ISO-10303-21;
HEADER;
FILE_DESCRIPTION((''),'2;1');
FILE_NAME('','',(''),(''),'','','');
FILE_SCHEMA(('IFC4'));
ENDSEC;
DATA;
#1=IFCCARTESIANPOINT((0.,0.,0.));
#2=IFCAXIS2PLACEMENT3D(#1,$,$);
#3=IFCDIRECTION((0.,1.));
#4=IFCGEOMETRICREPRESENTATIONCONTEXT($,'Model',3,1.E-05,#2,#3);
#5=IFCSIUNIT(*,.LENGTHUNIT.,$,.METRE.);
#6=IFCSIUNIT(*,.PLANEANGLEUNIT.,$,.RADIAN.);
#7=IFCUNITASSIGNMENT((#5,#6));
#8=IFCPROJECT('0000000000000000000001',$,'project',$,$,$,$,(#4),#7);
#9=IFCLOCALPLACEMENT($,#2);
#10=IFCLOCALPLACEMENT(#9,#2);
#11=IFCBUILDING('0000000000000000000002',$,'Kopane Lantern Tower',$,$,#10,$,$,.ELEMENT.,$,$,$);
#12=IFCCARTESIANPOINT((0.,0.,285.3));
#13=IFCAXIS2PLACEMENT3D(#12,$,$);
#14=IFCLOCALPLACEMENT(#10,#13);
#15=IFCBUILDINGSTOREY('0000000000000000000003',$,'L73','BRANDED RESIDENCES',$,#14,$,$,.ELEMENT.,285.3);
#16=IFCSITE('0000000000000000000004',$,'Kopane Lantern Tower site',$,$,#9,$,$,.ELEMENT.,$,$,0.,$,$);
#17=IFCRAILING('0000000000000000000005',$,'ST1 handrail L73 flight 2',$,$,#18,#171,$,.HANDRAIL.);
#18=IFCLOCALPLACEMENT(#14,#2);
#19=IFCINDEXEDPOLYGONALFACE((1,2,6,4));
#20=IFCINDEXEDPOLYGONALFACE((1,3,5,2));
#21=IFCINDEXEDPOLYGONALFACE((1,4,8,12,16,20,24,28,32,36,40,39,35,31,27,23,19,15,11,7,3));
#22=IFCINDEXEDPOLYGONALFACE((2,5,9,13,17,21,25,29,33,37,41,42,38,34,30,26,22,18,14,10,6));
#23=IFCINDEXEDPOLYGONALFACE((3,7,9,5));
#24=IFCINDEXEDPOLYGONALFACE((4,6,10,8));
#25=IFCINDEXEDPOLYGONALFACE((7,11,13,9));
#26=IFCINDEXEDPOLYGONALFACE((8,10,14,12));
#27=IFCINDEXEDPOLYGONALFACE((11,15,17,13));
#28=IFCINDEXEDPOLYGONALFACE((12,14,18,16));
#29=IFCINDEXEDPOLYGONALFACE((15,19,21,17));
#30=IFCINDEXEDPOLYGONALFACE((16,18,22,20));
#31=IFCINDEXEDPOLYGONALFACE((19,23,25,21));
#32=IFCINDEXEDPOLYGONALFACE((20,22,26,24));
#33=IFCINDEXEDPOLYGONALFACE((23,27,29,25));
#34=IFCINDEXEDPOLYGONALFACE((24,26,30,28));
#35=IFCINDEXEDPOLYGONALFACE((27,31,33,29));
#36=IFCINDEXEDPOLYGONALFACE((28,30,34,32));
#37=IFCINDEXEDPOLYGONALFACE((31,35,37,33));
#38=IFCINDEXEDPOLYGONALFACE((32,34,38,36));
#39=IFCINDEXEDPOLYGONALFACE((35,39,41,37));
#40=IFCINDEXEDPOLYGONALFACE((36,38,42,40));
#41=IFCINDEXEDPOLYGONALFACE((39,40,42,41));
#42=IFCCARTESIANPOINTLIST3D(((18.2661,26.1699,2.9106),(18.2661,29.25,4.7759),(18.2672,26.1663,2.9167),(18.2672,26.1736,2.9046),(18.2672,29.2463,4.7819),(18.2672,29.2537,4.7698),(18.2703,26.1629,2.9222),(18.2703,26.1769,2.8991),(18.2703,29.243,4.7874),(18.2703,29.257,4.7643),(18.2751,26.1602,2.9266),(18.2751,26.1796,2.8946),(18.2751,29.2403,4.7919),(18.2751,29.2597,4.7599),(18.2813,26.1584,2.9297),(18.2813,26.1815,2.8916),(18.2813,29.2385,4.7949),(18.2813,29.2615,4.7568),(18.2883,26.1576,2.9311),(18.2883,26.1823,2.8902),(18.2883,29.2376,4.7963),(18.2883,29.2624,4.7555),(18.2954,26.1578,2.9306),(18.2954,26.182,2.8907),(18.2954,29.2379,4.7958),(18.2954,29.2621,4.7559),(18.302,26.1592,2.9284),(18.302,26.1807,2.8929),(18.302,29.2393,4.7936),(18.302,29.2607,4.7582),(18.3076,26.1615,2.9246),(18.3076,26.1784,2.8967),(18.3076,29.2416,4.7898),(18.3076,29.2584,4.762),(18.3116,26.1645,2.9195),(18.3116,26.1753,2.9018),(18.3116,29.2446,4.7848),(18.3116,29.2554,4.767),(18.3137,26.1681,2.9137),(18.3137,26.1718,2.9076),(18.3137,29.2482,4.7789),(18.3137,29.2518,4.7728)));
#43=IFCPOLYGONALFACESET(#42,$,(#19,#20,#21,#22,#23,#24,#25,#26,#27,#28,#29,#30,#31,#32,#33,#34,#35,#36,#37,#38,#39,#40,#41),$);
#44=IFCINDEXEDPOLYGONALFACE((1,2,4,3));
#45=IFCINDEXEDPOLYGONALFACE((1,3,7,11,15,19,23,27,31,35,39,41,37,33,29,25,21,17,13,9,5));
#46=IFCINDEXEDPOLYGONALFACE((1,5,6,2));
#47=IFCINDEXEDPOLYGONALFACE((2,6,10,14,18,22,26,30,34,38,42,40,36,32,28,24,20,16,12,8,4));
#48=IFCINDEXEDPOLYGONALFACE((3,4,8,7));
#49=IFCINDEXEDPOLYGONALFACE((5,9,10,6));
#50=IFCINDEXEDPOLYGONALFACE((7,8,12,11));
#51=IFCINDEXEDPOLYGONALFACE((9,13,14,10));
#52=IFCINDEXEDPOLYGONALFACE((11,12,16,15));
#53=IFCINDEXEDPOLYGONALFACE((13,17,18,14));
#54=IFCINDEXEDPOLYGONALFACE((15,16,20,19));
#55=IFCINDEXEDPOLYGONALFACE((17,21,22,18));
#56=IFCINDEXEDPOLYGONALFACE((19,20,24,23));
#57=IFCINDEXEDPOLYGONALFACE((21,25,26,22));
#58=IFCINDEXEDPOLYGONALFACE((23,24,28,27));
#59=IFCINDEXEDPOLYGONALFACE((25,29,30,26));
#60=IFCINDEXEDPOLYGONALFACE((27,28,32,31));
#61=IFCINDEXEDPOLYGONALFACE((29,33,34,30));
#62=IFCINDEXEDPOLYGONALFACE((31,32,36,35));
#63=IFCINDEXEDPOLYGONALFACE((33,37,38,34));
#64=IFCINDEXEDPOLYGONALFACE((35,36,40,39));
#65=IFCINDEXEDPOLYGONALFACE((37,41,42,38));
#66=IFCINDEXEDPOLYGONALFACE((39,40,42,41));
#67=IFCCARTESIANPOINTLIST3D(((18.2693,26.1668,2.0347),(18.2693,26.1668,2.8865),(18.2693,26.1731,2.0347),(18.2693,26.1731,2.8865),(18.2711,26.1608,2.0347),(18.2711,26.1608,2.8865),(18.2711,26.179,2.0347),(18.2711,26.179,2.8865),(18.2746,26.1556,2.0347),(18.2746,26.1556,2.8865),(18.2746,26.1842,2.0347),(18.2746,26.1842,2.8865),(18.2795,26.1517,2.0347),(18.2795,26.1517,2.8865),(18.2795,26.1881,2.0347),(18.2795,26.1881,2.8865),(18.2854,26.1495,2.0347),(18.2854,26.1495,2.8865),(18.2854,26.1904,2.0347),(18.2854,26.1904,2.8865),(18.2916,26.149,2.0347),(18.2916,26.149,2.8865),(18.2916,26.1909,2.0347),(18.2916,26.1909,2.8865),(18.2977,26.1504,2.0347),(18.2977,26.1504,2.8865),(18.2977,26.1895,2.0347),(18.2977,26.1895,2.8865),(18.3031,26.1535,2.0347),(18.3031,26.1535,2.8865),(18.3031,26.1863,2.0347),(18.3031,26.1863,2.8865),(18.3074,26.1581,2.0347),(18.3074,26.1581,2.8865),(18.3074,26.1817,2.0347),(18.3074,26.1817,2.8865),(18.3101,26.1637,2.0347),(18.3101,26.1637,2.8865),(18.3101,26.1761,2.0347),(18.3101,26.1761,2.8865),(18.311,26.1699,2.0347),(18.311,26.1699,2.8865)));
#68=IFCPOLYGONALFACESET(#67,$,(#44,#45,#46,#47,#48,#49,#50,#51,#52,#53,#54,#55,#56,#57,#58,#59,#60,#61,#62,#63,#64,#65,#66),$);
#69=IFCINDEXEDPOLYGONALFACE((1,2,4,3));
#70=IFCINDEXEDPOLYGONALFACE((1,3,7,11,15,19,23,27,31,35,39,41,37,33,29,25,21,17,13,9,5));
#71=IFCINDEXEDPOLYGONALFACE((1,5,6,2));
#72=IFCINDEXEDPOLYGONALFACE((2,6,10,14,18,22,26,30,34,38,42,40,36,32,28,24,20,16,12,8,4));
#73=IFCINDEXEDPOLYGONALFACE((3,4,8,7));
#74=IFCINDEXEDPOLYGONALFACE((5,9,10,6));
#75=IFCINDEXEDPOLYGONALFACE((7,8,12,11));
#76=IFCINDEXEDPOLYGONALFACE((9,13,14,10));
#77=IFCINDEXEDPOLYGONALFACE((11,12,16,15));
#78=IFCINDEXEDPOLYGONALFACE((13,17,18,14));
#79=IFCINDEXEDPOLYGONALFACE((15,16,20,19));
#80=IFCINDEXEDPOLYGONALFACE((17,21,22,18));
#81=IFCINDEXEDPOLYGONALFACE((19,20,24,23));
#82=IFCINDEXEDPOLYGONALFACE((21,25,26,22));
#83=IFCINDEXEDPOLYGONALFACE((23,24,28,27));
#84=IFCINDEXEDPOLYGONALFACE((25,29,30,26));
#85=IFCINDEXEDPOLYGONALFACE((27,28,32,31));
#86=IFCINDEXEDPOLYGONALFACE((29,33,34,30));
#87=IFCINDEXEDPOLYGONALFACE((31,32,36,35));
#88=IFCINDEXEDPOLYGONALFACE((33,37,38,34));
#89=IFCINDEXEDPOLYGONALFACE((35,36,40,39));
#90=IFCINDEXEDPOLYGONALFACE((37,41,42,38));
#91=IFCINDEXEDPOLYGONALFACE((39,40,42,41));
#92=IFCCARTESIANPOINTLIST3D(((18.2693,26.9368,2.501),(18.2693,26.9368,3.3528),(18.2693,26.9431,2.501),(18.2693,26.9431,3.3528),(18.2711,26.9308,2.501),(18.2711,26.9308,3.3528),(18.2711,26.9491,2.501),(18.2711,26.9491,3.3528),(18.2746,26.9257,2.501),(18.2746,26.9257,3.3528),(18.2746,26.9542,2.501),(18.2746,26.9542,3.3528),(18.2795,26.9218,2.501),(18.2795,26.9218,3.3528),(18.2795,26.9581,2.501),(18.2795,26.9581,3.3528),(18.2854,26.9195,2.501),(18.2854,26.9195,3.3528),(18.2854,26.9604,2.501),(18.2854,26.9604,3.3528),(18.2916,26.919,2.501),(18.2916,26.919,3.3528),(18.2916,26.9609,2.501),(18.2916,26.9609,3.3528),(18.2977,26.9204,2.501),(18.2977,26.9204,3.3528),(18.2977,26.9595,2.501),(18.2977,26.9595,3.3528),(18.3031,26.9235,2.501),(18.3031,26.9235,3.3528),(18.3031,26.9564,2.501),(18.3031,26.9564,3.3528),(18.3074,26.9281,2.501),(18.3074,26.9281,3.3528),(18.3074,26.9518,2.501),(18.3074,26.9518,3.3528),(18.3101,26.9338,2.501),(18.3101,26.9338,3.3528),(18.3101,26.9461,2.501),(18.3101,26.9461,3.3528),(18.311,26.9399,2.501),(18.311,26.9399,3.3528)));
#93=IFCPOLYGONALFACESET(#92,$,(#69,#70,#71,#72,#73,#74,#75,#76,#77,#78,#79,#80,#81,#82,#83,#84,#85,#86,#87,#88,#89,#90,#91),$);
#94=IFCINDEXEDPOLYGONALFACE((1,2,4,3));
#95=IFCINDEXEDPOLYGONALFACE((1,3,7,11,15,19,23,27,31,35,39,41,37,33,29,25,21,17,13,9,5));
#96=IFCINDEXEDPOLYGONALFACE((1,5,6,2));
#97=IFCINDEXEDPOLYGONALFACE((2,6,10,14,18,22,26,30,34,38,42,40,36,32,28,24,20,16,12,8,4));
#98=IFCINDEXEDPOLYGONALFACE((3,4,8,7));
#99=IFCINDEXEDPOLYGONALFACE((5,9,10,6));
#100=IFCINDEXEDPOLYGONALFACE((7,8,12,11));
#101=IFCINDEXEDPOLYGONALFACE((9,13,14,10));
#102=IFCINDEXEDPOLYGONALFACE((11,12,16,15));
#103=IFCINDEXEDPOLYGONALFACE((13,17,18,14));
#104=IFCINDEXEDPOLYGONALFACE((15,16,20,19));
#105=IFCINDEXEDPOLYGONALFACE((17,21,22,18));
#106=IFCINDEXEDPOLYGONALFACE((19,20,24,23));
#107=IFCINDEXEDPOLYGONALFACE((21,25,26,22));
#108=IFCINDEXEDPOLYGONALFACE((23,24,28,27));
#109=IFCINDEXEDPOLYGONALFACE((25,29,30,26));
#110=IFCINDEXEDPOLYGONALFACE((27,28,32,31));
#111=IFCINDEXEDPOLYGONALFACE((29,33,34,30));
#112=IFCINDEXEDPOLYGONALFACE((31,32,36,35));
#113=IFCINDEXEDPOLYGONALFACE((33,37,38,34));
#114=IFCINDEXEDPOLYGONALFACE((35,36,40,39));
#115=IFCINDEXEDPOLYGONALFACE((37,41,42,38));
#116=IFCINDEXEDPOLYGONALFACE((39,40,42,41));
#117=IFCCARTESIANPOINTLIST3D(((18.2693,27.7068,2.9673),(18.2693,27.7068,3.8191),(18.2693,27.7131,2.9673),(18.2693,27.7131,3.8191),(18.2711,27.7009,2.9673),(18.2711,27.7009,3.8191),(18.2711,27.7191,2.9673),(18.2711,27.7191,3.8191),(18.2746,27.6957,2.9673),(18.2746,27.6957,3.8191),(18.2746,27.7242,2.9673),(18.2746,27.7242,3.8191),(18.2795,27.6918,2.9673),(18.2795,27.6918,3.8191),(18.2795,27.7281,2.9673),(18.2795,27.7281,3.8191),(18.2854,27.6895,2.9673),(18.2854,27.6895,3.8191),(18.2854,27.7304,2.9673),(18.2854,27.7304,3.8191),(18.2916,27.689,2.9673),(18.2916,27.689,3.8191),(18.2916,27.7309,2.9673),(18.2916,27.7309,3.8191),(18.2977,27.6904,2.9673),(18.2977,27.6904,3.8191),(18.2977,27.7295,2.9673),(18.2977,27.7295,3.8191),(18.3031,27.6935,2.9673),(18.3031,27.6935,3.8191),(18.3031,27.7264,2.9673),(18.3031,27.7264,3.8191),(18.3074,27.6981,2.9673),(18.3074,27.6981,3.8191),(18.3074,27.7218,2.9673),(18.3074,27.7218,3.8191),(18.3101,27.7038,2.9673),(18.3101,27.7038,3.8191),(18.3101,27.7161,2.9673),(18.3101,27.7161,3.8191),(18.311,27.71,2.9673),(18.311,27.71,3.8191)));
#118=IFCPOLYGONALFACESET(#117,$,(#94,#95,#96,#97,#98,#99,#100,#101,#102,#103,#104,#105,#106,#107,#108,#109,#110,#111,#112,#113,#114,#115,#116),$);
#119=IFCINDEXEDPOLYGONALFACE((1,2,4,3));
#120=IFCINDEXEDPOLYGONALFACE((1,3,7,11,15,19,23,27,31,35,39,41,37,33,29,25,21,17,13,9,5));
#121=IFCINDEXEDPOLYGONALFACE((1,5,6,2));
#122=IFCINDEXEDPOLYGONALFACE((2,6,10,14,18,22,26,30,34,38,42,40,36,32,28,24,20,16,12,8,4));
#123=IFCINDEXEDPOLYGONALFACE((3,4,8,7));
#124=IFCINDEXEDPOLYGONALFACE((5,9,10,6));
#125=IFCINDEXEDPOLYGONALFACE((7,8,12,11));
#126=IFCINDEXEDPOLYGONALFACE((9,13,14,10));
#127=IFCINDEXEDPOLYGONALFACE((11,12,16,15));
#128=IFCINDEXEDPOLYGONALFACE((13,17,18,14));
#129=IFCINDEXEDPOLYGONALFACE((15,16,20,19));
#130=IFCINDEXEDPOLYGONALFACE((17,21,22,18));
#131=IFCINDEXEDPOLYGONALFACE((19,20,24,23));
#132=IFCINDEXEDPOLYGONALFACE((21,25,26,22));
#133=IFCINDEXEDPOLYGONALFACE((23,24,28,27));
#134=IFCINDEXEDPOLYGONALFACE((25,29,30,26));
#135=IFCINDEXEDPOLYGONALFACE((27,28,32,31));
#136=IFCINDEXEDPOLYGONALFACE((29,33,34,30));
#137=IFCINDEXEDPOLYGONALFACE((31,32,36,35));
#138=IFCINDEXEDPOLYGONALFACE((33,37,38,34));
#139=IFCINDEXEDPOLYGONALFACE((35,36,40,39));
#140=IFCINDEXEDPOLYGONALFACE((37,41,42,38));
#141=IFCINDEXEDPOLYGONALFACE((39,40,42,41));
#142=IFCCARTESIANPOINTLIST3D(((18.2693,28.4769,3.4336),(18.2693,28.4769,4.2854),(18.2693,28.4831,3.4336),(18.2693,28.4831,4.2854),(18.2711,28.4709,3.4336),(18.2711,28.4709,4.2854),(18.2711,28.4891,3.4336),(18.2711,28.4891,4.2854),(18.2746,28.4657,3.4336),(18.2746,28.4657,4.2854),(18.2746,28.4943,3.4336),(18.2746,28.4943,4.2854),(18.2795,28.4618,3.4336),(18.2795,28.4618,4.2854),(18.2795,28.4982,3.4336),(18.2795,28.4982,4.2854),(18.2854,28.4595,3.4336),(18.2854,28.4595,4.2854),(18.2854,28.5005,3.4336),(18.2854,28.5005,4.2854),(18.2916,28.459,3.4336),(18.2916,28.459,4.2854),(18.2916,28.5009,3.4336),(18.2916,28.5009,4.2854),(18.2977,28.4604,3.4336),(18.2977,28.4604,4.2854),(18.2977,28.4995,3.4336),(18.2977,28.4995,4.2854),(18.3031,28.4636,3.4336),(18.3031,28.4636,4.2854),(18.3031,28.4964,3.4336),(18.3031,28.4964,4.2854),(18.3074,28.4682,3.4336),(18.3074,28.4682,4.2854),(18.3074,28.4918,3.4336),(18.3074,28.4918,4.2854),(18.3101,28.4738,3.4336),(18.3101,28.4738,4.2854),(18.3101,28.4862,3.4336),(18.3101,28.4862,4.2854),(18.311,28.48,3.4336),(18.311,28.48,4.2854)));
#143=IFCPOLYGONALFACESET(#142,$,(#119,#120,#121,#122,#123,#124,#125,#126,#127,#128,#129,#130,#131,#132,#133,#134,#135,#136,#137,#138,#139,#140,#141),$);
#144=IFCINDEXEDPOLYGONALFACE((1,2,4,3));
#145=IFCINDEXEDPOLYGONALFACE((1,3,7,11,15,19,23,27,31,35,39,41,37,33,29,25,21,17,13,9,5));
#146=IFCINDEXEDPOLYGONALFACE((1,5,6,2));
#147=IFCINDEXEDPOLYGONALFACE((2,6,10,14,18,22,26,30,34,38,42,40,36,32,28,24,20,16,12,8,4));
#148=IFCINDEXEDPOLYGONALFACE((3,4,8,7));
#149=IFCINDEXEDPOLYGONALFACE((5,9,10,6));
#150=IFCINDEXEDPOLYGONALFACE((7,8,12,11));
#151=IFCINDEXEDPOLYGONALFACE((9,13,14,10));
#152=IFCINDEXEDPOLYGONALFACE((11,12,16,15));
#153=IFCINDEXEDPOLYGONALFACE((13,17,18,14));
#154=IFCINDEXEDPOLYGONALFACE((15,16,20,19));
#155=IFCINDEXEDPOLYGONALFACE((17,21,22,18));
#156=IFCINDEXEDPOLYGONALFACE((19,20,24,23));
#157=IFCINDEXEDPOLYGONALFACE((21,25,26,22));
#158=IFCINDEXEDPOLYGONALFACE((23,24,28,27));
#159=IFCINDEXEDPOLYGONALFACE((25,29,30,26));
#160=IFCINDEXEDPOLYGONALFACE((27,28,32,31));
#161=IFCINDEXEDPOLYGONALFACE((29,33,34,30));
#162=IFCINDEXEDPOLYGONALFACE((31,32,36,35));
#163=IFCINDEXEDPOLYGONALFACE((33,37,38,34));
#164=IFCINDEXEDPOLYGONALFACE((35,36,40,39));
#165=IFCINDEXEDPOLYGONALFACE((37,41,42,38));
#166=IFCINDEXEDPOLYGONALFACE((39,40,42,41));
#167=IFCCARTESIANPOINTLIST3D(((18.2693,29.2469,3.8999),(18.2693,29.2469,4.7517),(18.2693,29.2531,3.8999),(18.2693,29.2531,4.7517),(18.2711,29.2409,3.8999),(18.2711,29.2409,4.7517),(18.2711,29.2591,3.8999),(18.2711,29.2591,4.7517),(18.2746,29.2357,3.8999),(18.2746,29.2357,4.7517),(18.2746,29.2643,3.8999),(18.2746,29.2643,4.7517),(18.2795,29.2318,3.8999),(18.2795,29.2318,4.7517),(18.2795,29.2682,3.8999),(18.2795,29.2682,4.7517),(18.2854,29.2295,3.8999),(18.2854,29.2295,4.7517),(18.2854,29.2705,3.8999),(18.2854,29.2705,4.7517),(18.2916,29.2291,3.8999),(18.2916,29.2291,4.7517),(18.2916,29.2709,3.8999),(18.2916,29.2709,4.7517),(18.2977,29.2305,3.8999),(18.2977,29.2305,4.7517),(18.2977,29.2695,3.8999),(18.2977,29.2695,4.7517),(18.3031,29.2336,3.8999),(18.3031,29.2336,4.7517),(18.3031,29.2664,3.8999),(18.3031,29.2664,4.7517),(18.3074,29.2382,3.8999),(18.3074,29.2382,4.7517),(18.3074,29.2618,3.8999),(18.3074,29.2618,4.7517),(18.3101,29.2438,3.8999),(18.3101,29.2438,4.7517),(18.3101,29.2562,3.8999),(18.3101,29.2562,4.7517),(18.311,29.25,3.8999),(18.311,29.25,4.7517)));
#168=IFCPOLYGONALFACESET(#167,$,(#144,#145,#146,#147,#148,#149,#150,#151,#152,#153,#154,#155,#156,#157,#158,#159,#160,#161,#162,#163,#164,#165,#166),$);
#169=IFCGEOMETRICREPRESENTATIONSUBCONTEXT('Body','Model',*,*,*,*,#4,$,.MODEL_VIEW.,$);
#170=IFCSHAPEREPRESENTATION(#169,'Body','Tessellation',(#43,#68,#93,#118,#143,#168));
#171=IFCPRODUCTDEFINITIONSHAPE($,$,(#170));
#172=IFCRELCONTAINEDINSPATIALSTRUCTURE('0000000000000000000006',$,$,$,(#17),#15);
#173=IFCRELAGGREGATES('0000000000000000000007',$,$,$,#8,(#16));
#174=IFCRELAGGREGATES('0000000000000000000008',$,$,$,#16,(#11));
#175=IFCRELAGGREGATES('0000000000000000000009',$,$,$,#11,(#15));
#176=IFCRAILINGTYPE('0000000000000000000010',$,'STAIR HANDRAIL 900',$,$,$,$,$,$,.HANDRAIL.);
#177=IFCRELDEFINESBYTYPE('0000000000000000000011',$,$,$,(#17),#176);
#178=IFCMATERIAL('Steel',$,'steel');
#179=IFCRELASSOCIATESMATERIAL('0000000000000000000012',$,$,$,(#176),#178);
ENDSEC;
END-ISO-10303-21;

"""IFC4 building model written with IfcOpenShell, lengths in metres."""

from ifc_helpers import new_model, si_unit, direction, frame, origin, origin_2d, place, context, subcontext, project, spatial, circle, extrude, material, type_object, element, save


model = new_model("IFC4")

# Units and contexts
model_context = context("Model", 3, precision=1e-05, world=origin(), true_north=direction((0.0, 1.0)))
body_context = subcontext(model_context, "Body", "Model", "MODEL_VIEW")
ifc_project = project(units=[si_unit("LENGTHUNIT", "METRE"), si_unit("PLANEANGLEUNIT", "RADIAN")], contexts=[model_context])

# Site, building, storey
site_placement = place(None, origin())
site = spatial("IfcSite", under=ifc_project, at=site_placement, Name="Kopane Lantern Tower site", CompositionType="ELEMENT", RefElevation=0.0)
building_placement = place(site_placement, origin())
building = spatial("IfcBuilding", under=site, at=building_placement, Name="Kopane Lantern Tower", CompositionType="ELEMENT")
storey_placement = place(building_placement, frame((0.0, 0.0, 285.3)))
storey = spatial("IfcBuildingStorey", under=building, at=storey_placement, Name="L73", Description="BRANDED RESIDENCES", CompositionType="ELEMENT", Elevation=285.3)

# Railing
ifc_material_1 = material(Name="Steel", Category="steel")
railing_type_1 = type_object("IfcRailingType", Name="STAIR HANDRAIL 900", PredefinedType="HANDRAIL", material=ifc_material_1)
for number, where, name in (
    (1, (18.29, 26.1699, 2.0347), "ST1 handrail L73 flight 2"),
):
    element("IfcRailing", number, at=place(storey_placement, frame(where)), inside=storey, type_object=railing_type_1, Name=name, PredefinedType="HANDRAIL", context=body_context, shape_type="SweptSolid", body=[
        extrude(circle(Radius=0.0239, at=origin_2d()), frame((0.0, 0.0, 0.876), z_axis=(0.0, 0.85538, 0.518001), x_axis=(-1.0, 0.0, 0.0)), (0.0, 0.0, 1.0), 3.6008),
        extrude(circle(Radius=0.021, at=origin_2d()), origin(), (0.0, 0.0, 1.0), 0.8518),
        extrude(circle(Radius=0.021, at=origin_2d()), frame((0.0, 0.77, 0.4663)), (0.0, 0.0, 1.0), 0.8518),
        extrude(circle(Radius=0.021, at=origin_2d()), frame((0.0, 1.54, 0.9326)), (0.0, 0.0, 1.0), 0.8518),
        extrude(circle(Radius=0.021, at=origin_2d()), frame((0.0, 2.3101, 1.3989)), (0.0, 0.0, 1.0), 0.8518),
        extrude(circle(Radius=0.021, at=origin_2d()), frame((0.0, 3.0801, 1.8652)), (0.0, 0.0, 1.0), 0.8518),
    ])

save(model, "model.ifc")
